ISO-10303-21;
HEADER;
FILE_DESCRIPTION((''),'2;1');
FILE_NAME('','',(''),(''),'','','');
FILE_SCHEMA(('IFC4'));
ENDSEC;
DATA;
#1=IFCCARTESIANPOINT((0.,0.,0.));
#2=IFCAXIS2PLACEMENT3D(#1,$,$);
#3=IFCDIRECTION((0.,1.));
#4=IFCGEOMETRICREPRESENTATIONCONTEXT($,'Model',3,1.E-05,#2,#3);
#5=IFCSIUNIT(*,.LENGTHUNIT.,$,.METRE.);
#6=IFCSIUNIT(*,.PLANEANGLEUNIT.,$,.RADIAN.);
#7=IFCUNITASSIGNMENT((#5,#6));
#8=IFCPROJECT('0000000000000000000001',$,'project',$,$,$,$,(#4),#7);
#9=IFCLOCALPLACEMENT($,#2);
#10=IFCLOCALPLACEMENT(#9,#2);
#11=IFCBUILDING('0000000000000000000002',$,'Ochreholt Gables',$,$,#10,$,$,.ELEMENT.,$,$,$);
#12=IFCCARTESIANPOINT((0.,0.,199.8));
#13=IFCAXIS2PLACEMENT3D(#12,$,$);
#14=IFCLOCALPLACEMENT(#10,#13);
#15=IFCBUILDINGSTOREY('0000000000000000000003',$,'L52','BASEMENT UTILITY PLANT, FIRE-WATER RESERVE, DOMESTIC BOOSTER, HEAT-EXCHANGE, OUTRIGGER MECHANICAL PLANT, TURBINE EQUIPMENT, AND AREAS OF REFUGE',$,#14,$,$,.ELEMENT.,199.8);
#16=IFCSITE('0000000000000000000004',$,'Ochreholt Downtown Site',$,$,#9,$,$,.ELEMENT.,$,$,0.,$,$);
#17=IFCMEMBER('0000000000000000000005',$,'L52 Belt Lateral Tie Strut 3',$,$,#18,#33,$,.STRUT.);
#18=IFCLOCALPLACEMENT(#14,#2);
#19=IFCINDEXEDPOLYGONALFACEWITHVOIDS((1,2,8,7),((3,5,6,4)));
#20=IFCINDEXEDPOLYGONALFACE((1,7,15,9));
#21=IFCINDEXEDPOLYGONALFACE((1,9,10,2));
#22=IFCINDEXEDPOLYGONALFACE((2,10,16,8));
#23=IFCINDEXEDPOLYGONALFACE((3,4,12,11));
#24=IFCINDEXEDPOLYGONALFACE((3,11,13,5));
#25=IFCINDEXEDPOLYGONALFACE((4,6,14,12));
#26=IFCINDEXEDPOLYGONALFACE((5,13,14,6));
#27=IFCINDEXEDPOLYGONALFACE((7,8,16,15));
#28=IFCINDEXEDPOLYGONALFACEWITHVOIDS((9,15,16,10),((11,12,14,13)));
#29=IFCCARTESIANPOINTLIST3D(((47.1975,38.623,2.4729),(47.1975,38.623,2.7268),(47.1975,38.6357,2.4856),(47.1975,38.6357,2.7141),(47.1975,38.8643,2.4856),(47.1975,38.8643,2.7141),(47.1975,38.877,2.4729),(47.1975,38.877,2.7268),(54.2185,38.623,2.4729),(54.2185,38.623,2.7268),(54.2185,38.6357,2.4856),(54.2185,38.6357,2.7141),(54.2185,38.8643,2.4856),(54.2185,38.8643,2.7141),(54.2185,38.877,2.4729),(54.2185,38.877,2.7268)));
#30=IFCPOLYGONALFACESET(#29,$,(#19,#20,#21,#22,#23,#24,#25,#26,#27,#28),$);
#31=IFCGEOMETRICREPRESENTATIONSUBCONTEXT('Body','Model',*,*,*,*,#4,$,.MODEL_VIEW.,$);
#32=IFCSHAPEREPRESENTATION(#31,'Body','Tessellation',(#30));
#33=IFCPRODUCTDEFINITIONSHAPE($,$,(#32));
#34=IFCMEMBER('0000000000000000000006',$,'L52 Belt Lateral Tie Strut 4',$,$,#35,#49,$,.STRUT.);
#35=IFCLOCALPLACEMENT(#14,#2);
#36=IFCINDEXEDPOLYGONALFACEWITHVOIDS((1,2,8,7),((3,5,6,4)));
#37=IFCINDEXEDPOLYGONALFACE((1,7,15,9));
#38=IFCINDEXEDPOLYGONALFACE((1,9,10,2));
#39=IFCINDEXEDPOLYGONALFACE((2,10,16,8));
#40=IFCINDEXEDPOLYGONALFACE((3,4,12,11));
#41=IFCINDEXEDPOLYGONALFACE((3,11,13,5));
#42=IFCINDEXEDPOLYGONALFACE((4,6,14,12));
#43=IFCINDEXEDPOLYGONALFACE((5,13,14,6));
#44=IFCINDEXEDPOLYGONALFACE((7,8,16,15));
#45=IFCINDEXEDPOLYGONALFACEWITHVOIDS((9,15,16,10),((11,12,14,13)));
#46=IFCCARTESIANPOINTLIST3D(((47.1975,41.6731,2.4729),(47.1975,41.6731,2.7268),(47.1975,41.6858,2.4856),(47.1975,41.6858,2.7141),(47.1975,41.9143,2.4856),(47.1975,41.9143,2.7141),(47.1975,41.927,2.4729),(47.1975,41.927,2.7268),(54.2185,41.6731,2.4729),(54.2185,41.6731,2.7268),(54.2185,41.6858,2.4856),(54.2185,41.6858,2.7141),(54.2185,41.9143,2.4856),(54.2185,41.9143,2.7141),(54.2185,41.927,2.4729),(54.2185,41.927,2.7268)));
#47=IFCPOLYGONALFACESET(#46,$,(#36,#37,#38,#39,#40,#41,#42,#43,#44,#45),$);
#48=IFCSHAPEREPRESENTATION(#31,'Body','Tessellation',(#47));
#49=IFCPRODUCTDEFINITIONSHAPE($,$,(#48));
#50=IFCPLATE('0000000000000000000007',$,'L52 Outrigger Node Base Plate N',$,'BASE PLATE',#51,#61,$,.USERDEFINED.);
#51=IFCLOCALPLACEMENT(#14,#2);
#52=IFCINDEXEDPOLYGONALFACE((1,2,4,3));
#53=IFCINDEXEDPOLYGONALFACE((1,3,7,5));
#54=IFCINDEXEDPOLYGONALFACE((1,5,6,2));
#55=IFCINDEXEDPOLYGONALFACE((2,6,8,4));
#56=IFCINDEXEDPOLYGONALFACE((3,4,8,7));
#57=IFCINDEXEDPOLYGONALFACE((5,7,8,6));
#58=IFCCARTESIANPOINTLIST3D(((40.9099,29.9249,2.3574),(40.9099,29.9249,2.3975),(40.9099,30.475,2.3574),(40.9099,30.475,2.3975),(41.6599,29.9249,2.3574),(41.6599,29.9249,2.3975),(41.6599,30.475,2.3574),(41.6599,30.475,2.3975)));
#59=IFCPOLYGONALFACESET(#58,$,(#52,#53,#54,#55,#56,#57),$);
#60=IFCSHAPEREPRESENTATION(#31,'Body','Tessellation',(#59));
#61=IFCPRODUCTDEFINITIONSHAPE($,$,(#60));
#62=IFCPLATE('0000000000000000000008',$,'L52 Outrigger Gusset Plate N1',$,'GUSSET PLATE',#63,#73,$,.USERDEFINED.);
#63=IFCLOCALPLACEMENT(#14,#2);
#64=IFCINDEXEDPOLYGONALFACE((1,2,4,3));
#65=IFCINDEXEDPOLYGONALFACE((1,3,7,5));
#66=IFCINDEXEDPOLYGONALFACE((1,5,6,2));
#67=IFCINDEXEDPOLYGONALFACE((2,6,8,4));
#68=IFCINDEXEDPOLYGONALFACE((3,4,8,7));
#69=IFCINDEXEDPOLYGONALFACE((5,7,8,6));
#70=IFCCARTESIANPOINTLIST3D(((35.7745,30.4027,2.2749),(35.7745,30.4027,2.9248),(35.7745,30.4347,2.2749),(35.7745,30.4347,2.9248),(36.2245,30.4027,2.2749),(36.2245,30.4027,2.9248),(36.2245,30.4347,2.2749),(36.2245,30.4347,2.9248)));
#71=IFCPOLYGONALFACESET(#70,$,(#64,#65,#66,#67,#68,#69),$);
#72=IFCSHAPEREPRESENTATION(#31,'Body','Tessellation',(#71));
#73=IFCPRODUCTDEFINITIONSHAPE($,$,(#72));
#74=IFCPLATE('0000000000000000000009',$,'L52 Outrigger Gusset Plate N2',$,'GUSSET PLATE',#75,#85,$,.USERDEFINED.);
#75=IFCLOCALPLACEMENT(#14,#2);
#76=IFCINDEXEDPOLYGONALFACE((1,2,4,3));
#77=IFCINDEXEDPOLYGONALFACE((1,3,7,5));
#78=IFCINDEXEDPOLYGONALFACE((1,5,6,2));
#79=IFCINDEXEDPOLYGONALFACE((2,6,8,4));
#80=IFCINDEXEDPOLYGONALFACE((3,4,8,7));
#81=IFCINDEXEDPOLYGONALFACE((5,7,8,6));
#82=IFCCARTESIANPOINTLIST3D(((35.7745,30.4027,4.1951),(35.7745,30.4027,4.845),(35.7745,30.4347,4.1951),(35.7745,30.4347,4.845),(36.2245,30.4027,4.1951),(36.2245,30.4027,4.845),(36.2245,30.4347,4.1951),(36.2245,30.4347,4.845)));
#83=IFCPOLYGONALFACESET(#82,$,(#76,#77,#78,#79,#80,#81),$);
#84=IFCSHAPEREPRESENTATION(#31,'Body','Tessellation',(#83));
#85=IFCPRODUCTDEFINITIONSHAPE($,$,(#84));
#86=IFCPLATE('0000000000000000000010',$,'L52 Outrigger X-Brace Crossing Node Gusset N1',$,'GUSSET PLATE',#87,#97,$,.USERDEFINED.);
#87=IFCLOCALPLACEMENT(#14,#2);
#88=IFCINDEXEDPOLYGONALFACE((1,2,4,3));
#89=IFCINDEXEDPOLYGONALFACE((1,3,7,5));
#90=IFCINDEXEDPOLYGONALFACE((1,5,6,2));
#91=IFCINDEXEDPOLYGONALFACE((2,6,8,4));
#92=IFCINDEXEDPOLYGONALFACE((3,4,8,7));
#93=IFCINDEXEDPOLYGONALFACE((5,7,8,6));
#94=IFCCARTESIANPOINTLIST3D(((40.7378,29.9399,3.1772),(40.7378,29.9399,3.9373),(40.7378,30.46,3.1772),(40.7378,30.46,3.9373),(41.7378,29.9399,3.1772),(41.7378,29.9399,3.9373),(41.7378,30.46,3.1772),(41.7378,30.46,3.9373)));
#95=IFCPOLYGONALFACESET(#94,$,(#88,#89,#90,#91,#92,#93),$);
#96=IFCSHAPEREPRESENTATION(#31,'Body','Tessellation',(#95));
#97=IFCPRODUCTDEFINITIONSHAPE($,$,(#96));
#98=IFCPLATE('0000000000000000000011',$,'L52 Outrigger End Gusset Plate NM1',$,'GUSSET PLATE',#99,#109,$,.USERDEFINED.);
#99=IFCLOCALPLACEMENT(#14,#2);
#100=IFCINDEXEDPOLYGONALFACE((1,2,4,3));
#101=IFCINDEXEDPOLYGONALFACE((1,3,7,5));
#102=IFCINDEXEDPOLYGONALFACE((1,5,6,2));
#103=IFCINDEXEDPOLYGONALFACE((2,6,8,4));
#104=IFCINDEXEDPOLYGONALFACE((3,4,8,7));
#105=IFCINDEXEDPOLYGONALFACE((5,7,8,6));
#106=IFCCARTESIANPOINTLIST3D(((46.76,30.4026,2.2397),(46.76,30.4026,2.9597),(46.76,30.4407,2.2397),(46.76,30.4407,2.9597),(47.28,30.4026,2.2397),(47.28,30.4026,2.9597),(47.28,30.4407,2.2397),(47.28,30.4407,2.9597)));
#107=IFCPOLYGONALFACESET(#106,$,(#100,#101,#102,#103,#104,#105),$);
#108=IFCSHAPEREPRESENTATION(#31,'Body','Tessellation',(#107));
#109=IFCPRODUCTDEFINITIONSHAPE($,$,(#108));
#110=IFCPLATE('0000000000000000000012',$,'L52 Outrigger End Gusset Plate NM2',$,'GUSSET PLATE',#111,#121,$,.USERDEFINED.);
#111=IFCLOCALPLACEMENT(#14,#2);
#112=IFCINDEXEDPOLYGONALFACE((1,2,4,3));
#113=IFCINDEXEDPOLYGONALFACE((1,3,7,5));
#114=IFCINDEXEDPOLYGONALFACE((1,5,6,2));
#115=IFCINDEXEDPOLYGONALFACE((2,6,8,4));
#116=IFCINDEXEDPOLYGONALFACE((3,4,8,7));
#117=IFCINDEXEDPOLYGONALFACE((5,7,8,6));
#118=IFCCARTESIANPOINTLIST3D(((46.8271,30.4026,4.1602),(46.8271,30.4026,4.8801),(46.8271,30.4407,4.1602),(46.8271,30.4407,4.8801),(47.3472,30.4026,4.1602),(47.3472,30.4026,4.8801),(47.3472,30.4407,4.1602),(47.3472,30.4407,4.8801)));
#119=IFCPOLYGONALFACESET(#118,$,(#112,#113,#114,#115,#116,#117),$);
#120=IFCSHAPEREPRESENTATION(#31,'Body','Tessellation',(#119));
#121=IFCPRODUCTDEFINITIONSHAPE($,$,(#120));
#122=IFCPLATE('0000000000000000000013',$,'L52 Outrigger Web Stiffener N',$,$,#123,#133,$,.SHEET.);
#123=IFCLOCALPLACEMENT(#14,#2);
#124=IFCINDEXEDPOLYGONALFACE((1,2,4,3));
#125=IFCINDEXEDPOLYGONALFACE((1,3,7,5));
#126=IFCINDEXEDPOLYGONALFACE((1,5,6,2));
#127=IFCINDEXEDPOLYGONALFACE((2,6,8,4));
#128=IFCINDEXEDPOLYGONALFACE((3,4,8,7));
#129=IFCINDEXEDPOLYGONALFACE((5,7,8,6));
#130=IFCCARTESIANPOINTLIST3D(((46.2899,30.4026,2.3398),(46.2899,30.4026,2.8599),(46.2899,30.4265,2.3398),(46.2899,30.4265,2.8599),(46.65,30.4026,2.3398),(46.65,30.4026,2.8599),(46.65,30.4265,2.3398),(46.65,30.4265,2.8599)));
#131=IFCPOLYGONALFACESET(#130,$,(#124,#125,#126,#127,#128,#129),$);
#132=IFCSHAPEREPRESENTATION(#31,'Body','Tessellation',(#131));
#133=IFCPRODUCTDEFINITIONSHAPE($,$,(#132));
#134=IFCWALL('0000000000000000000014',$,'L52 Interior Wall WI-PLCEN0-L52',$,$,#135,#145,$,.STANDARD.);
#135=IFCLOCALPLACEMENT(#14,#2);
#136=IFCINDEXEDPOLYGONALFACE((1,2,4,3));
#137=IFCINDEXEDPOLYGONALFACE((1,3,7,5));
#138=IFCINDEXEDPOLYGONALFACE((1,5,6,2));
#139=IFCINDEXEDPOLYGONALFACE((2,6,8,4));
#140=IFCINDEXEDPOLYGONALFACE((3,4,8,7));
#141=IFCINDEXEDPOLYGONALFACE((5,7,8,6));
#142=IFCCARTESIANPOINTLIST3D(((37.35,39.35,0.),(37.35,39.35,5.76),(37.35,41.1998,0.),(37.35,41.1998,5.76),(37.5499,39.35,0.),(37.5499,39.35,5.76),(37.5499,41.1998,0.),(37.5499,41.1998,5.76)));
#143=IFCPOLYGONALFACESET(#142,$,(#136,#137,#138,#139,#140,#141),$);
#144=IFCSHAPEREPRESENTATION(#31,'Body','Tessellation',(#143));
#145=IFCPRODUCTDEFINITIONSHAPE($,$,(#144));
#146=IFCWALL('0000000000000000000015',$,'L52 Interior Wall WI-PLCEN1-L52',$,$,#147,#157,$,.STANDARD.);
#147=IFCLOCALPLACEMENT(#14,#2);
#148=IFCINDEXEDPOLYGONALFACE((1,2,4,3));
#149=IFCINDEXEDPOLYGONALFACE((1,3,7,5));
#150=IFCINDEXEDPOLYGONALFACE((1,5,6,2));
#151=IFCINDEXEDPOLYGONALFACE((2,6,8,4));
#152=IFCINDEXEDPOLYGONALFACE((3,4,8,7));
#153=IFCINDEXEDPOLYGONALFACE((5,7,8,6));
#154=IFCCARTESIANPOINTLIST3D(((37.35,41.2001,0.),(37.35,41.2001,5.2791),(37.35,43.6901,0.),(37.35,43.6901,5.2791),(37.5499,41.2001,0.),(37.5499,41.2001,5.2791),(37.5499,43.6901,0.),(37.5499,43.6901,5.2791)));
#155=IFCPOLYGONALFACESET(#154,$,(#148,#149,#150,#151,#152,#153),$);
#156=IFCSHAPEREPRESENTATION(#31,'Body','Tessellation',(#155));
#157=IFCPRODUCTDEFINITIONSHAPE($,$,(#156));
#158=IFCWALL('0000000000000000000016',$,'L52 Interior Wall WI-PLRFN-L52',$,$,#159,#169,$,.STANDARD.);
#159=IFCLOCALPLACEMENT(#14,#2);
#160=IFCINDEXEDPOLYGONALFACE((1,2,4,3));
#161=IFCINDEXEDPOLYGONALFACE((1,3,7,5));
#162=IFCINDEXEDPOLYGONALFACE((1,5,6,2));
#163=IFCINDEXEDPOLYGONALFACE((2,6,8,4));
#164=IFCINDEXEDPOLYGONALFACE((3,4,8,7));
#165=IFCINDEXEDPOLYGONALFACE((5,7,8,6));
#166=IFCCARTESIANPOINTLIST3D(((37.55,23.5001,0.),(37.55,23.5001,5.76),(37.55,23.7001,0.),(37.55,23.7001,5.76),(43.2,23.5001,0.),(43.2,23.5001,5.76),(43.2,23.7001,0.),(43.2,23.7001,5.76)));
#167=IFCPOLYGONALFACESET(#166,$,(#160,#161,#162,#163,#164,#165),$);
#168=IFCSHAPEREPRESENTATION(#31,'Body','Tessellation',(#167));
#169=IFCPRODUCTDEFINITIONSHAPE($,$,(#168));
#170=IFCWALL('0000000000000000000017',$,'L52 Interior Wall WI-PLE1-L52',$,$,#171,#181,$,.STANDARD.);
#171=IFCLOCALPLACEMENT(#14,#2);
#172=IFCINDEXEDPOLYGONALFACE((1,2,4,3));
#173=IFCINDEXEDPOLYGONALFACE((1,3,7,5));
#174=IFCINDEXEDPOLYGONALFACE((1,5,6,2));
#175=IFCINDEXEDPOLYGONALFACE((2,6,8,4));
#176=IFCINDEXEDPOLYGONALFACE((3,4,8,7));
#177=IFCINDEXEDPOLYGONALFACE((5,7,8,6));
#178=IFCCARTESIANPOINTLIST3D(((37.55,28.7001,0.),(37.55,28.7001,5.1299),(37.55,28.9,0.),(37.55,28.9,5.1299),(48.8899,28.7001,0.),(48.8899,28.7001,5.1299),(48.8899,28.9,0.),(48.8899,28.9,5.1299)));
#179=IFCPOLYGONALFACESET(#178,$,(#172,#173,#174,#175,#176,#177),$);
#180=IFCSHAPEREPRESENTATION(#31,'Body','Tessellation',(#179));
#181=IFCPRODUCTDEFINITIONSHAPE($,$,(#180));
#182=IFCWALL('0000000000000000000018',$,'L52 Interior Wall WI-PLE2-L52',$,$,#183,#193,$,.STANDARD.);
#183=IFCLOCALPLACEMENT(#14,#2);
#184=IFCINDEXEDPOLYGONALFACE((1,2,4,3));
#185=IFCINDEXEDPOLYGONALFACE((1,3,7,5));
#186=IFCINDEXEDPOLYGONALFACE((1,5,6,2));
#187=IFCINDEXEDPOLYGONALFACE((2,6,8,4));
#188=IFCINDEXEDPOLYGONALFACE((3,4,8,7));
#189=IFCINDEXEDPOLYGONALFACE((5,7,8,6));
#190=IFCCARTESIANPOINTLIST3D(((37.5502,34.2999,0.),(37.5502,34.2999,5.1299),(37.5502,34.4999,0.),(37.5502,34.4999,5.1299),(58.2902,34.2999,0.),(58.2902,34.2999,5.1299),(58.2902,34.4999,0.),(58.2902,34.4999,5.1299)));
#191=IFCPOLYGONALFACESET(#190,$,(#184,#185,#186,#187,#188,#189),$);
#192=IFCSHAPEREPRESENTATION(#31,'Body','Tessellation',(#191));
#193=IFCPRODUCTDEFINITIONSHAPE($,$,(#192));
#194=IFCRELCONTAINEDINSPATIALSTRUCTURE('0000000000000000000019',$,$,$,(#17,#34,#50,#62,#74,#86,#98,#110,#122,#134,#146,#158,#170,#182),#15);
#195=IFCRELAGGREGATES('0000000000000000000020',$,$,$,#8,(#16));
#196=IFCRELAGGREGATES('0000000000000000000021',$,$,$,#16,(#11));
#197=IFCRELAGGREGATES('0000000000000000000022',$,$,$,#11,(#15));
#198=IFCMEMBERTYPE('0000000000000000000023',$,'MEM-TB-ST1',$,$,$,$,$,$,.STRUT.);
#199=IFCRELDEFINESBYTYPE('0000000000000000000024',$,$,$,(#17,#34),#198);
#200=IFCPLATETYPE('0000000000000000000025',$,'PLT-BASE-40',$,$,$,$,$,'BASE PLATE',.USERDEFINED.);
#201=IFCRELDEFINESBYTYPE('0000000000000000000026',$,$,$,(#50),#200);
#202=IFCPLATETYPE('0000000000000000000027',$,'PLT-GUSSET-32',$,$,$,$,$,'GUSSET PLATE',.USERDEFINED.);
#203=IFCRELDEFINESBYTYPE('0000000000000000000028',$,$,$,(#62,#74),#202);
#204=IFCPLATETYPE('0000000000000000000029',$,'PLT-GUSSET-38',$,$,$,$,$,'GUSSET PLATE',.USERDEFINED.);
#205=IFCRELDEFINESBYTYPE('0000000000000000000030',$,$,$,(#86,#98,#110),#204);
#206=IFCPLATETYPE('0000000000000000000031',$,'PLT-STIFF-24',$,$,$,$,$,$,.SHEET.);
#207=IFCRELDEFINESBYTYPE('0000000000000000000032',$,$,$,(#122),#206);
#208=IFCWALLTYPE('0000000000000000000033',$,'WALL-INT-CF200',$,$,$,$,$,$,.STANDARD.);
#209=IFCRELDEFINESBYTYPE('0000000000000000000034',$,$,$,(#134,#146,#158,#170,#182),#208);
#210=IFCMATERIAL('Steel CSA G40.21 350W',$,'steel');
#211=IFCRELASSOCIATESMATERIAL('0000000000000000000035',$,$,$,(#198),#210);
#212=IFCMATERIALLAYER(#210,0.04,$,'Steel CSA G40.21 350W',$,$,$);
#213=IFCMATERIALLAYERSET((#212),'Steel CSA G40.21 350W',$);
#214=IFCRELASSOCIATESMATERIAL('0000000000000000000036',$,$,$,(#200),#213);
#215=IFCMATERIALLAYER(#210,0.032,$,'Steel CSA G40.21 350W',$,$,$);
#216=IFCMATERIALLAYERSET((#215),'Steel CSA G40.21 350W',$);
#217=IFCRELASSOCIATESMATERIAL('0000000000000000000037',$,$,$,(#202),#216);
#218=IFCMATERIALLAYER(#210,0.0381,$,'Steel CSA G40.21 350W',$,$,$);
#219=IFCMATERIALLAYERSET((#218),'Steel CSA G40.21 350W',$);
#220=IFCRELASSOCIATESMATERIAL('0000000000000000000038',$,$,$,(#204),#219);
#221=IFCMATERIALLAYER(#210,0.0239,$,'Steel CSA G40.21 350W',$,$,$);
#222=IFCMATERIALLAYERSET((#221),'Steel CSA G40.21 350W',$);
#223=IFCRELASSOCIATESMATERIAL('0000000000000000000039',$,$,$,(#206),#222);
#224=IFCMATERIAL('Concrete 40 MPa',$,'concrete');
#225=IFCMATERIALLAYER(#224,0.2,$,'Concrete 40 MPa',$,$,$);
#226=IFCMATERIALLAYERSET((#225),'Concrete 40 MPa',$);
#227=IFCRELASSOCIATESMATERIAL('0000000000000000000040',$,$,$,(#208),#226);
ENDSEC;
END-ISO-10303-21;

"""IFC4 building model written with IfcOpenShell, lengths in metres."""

from ifc_helpers import new_model, si_unit, direction, frame, frame_2d, origin, origin_2d, place, context, subcontext, project, spatial, rectangle, hollow_rectangle, extrude, material, layer, layer_set, material_profile, profile_set, type_object, element, save


model = new_model("IFC4")

# Units and contexts
model_context = context("Model", 3, precision=1e-05, world=origin(), true_north=direction((0.0, 1.0)))
body_context = subcontext(model_context, "Body", "Model", "MODEL_VIEW")
ifc_project = project(units=[si_unit("LENGTHUNIT", "METRE"), si_unit("PLANEANGLEUNIT", "RADIAN")], contexts=[model_context])

# Site, building, storey
site_placement = place(None, origin())
site = spatial("IfcSite", under=ifc_project, at=site_placement, Name="Ochreholt Downtown Site", CompositionType="ELEMENT", RefElevation=0.0)
building_placement = place(site_placement, origin())
building = spatial("IfcBuilding", under=site, at=building_placement, Name="Ochreholt Gables", CompositionType="ELEMENT")
storey_placement = place(building_placement, frame((0.0, 0.0, 199.8)))
storey = spatial("IfcBuildingStorey", under=building, at=storey_placement, Name="L52", Description="BASEMENT UTILITY PLANT, FIRE-WATER RESERVE, DOMESTIC BOOSTER, HEAT-EXCHANGE, OUTRIGGER MECHANICAL PLANT, TURBINE EQUIPMENT, AND AREAS OF REFUGE", CompositionType="ELEMENT", Elevation=199.8)

# Shared definitions
ifc_material_1 = material(Name="Steel CSA G40.21 350W", Category="steel")

# Members
ifc_material_profile_1 = material_profile(ifc_material_1, hollow_rectangle(XDim=0.2539, YDim=0.2539, WallThickness=0.0127, at=origin_2d()), Name="HSS254X254X13")
ifc_profile_set_1 = profile_set([ifc_material_profile_1], Name="Steel CSA G40.21 350W")
member_type_1 = type_object("IfcMemberType", Name="MEM-TB-ST1", PredefinedType="STRUT", material=ifc_profile_set_1)
for number, where, z_axis, x_axis, name in (
    (1, (47.1975, 38.75, 2.5999), (1.0, 0.0, 0.0), (0.0, 1.0, 0.0), "L52 Belt Lateral Tie Strut 3"),
    (2, (47.1975, 41.8, 2.5999), (1.0, 0.0, 0.0), (0.0, 1.0, 0.0), "L52 Belt Lateral Tie Strut 4"),
):
    element("IfcMember", number, at=place(storey_placement, frame(where, z_axis=z_axis, x_axis=x_axis)), inside=storey, type_object=member_type_1, Name=name, PredefinedType="STRUT", context=body_context, shape_type="SweptSolid", body=[
        extrude(hollow_rectangle(XDim=0.2539, YDim=0.2539, WallThickness=0.0127, at=origin_2d()), origin(), (0.0, 0.0, 1.0), 7.021),
    ])

# Plates
ifc_layer_1 = layer(ifc_material_1, 0.04, Name="Steel CSA G40.21 350W")
ifc_layer_set_1 = layer_set([ifc_layer_1], Name="Steel CSA G40.21 350W")
plate_type_1 = type_object("IfcPlateType", Name="PLT-BASE-40", ElementType="BASE PLATE", PredefinedType="USERDEFINED", material=ifc_layer_set_1)
plate_1_placement = place(storey_placement, frame((41.2849, 30.2, 2.3574), z_axis=(0.0, 0.0, 1.0), x_axis=(1.0, 0.0, 0.0)))
element("IfcPlate", 3, at=plate_1_placement, inside=storey, type_object=plate_type_1, Name="L52 Outrigger Node Base Plate N", ObjectType="BASE PLATE", PredefinedType="USERDEFINED", context=body_context, shape_type="SweptSolid", body=[
    extrude(rectangle(XDim=0.75, YDim=0.55, at=origin_2d()), origin(), (0.0, 0.0, 1.0), 0.04),
])
ifc_layer_2 = layer(ifc_material_1, 0.032, Name="Steel CSA G40.21 350W")
ifc_layer_set_2 = layer_set([ifc_layer_2], Name="Steel CSA G40.21 350W")
plate_type_2 = type_object("IfcPlateType", Name="PLT-GUSSET-32", ElementType="GUSSET PLATE", PredefinedType="USERDEFINED", material=ifc_layer_set_2)
for number, where, z_axis, x_axis, name in (
    (4, (35.9995, 30.4187, 2.2749), (0.0, 0.0, 1.0), (1.0, 0.0, 0.0), "L52 Outrigger Gusset Plate N1"),
    (5, (35.9995, 30.4187, 4.1951), (0.0, 0.0, 1.0), (1.0, 0.0, 0.0), "L52 Outrigger Gusset Plate N2"),
):
    element("IfcPlate", number, at=place(storey_placement, frame(where, z_axis=z_axis, x_axis=x_axis)), inside=storey, type_object=plate_type_2, Name=name, ObjectType="GUSSET PLATE", PredefinedType="USERDEFINED", context=body_context, shape_type="SweptSolid", body=[
        extrude(rectangle(XDim=0.45, YDim=0.032, at=origin_2d()), origin(), (0.0, 0.0, 1.0), 0.6499),
    ])
ifc_layer_3 = layer(ifc_material_1, 0.0381, Name="Steel CSA G40.21 350W")
ifc_layer_set_3 = layer_set([ifc_layer_3], Name="Steel CSA G40.21 350W")
plate_type_3 = type_object("IfcPlateType", Name="PLT-GUSSET-38", ElementType="GUSSET PLATE", PredefinedType="USERDEFINED", material=ifc_layer_set_3)
plate_2_placement = place(storey_placement, frame((41.2378, 30.2, 3.1772), z_axis=(0.0, 0.0, 1.0), x_axis=(1.0, 0.0, 0.0)))
element("IfcPlate", 6, at=plate_2_placement, inside=storey, type_object=plate_type_3, Name="L52 Outrigger X-Brace Crossing Node Gusset N1", ObjectType="GUSSET PLATE", PredefinedType="USERDEFINED", context=body_context, shape_type="SweptSolid", body=[
    extrude(rectangle(XDim=1.0, YDim=0.52, at=origin_2d()), origin(), (0.0, 0.0, 1.0), 0.76),
])
for number, where, z_axis, x_axis, name in (
    (7, (47.02, 30.4216, 2.2397), (0.0, 0.0, 1.0), (1.0, 0.0, 0.0), "L52 Outrigger End Gusset Plate NM1"),
    (8, (47.0872, 30.4216, 4.1602), (0.0, 0.0, 1.0), (1.0, 0.0, 0.0), "L52 Outrigger End Gusset Plate NM2"),
):
    element("IfcPlate", number, at=place(storey_placement, frame(where, z_axis=z_axis, x_axis=x_axis)), inside=storey, type_object=plate_type_3, Name=name, ObjectType="GUSSET PLATE", PredefinedType="USERDEFINED", context=body_context, shape_type="SweptSolid", body=[
        extrude(rectangle(XDim=0.52, YDim=0.0381, at=origin_2d()), origin(), (0.0, 0.0, 1.0), 0.72),
    ])
ifc_layer_4 = layer(ifc_material_1, 0.0239, Name="Steel CSA G40.21 350W")
ifc_layer_set_4 = layer_set([ifc_layer_4], Name="Steel CSA G40.21 350W")
plate_type_4 = type_object("IfcPlateType", Name="PLT-STIFF-24", PredefinedType="SHEET", material=ifc_layer_set_4)
plate_3_placement = place(storey_placement, frame((46.47, 30.4146, 2.3398), z_axis=(0.0, 0.0, 1.0), x_axis=(1.0, 0.0, 0.0)))
element("IfcPlate", 9, at=plate_3_placement, inside=storey, type_object=plate_type_4, Name="L52 Outrigger Web Stiffener N", PredefinedType="SHEET", context=body_context, shape_type="SweptSolid", body=[
    extrude(rectangle(XDim=0.3601, YDim=0.0239, at=origin_2d()), origin(), (0.0, 0.0, 1.0), 0.52),
])

# Walls
ifc_material_2 = material(Name="Concrete 40 MPa", Category="concrete")
ifc_layer_5 = layer(ifc_material_2, 0.2, Name="Concrete 40 MPa")
ifc_layer_set_5 = layer_set([ifc_layer_5], Name="Concrete 40 MPa")
wall_type = type_object("IfcWallType", Name="WALL-INT-CF200", PredefinedType="STANDARD", material=ifc_layer_set_5)
wall_1_placement = place(storey_placement, frame((37.45, 39.3501, 0.0), z_axis=(0.0, 0.0, 1.0), x_axis=(0.0, 1.0, 0.0)))
element("IfcWall", 10, at=wall_1_placement, inside=storey, type_object=wall_type, Name="L52 Interior Wall WI-PLCEN0-L52", PredefinedType="STANDARD", context=body_context, shape_type="SweptSolid", body=[
    extrude(rectangle(XDim=1.8499, YDim=0.2, at=frame_2d((0.9248, 0.0))), origin(), (0.0, 0.0, 1.0), 5.76),
])
wall_2_placement = place(storey_placement, frame((37.45, 41.2, 0.0), z_axis=(0.0, 0.0, 1.0), x_axis=(0.0, 1.0, 0.0)))
element("IfcWall", 11, at=wall_2_placement, inside=storey, type_object=wall_type, Name="L52 Interior Wall WI-PLCEN1-L52", PredefinedType="STANDARD", context=body_context, shape_type="SweptSolid", body=[
    extrude(rectangle(XDim=2.49, YDim=0.2, at=frame_2d((1.2451, 0.0))), origin(), (0.0, 0.0, 1.0), 5.2791),
])
wall_3_placement = place(storey_placement, frame((37.55, 23.6001, 0.0), z_axis=(0.0, 0.0, 1.0), x_axis=(1.0, 0.0, 0.0)))
element("IfcWall", 12, at=wall_3_placement, inside=storey, type_object=wall_type, Name="L52 Interior Wall WI-PLRFN-L52", PredefinedType="STANDARD", context=body_context, shape_type="SweptSolid", body=[
    extrude(rectangle(XDim=5.6499, YDim=0.2, at=frame_2d((2.825, 0.0))), origin(), (0.0, 0.0, 1.0), 5.76),
])
wall_4_placement = place(storey_placement, frame((37.55, 28.8, 0.0), z_axis=(0.0, 0.0, 1.0), x_axis=(1.0, 0.0, 0.0)))
element("IfcWall", 13, at=wall_4_placement, inside=storey, type_object=wall_type, Name="L52 Interior Wall WI-PLE1-L52", PredefinedType="STANDARD", context=body_context, shape_type="SweptSolid", body=[
    extrude(rectangle(XDim=11.3398, YDim=0.2, at=frame_2d((5.6699, 0.0))), origin(), (0.0, 0.0, 1.0), 5.1299),
])
wall_5_placement = place(storey_placement, frame((37.55, 34.3999, 0.0), z_axis=(0.0, 0.0, 1.0), x_axis=(1.0, 0.0, 0.0)))
element("IfcWall", 14, at=wall_5_placement, inside=storey, type_object=wall_type, Name="L52 Interior Wall WI-PLE2-L52", PredefinedType="STANDARD", context=body_context, shape_type="SweptSolid", body=[
    extrude(rectangle(XDim=20.74, YDim=0.2, at=frame_2d((10.3701, 0.0))), origin(), (0.0, 0.0, 1.0), 5.1299),
])

save(model, "model.ifc")
